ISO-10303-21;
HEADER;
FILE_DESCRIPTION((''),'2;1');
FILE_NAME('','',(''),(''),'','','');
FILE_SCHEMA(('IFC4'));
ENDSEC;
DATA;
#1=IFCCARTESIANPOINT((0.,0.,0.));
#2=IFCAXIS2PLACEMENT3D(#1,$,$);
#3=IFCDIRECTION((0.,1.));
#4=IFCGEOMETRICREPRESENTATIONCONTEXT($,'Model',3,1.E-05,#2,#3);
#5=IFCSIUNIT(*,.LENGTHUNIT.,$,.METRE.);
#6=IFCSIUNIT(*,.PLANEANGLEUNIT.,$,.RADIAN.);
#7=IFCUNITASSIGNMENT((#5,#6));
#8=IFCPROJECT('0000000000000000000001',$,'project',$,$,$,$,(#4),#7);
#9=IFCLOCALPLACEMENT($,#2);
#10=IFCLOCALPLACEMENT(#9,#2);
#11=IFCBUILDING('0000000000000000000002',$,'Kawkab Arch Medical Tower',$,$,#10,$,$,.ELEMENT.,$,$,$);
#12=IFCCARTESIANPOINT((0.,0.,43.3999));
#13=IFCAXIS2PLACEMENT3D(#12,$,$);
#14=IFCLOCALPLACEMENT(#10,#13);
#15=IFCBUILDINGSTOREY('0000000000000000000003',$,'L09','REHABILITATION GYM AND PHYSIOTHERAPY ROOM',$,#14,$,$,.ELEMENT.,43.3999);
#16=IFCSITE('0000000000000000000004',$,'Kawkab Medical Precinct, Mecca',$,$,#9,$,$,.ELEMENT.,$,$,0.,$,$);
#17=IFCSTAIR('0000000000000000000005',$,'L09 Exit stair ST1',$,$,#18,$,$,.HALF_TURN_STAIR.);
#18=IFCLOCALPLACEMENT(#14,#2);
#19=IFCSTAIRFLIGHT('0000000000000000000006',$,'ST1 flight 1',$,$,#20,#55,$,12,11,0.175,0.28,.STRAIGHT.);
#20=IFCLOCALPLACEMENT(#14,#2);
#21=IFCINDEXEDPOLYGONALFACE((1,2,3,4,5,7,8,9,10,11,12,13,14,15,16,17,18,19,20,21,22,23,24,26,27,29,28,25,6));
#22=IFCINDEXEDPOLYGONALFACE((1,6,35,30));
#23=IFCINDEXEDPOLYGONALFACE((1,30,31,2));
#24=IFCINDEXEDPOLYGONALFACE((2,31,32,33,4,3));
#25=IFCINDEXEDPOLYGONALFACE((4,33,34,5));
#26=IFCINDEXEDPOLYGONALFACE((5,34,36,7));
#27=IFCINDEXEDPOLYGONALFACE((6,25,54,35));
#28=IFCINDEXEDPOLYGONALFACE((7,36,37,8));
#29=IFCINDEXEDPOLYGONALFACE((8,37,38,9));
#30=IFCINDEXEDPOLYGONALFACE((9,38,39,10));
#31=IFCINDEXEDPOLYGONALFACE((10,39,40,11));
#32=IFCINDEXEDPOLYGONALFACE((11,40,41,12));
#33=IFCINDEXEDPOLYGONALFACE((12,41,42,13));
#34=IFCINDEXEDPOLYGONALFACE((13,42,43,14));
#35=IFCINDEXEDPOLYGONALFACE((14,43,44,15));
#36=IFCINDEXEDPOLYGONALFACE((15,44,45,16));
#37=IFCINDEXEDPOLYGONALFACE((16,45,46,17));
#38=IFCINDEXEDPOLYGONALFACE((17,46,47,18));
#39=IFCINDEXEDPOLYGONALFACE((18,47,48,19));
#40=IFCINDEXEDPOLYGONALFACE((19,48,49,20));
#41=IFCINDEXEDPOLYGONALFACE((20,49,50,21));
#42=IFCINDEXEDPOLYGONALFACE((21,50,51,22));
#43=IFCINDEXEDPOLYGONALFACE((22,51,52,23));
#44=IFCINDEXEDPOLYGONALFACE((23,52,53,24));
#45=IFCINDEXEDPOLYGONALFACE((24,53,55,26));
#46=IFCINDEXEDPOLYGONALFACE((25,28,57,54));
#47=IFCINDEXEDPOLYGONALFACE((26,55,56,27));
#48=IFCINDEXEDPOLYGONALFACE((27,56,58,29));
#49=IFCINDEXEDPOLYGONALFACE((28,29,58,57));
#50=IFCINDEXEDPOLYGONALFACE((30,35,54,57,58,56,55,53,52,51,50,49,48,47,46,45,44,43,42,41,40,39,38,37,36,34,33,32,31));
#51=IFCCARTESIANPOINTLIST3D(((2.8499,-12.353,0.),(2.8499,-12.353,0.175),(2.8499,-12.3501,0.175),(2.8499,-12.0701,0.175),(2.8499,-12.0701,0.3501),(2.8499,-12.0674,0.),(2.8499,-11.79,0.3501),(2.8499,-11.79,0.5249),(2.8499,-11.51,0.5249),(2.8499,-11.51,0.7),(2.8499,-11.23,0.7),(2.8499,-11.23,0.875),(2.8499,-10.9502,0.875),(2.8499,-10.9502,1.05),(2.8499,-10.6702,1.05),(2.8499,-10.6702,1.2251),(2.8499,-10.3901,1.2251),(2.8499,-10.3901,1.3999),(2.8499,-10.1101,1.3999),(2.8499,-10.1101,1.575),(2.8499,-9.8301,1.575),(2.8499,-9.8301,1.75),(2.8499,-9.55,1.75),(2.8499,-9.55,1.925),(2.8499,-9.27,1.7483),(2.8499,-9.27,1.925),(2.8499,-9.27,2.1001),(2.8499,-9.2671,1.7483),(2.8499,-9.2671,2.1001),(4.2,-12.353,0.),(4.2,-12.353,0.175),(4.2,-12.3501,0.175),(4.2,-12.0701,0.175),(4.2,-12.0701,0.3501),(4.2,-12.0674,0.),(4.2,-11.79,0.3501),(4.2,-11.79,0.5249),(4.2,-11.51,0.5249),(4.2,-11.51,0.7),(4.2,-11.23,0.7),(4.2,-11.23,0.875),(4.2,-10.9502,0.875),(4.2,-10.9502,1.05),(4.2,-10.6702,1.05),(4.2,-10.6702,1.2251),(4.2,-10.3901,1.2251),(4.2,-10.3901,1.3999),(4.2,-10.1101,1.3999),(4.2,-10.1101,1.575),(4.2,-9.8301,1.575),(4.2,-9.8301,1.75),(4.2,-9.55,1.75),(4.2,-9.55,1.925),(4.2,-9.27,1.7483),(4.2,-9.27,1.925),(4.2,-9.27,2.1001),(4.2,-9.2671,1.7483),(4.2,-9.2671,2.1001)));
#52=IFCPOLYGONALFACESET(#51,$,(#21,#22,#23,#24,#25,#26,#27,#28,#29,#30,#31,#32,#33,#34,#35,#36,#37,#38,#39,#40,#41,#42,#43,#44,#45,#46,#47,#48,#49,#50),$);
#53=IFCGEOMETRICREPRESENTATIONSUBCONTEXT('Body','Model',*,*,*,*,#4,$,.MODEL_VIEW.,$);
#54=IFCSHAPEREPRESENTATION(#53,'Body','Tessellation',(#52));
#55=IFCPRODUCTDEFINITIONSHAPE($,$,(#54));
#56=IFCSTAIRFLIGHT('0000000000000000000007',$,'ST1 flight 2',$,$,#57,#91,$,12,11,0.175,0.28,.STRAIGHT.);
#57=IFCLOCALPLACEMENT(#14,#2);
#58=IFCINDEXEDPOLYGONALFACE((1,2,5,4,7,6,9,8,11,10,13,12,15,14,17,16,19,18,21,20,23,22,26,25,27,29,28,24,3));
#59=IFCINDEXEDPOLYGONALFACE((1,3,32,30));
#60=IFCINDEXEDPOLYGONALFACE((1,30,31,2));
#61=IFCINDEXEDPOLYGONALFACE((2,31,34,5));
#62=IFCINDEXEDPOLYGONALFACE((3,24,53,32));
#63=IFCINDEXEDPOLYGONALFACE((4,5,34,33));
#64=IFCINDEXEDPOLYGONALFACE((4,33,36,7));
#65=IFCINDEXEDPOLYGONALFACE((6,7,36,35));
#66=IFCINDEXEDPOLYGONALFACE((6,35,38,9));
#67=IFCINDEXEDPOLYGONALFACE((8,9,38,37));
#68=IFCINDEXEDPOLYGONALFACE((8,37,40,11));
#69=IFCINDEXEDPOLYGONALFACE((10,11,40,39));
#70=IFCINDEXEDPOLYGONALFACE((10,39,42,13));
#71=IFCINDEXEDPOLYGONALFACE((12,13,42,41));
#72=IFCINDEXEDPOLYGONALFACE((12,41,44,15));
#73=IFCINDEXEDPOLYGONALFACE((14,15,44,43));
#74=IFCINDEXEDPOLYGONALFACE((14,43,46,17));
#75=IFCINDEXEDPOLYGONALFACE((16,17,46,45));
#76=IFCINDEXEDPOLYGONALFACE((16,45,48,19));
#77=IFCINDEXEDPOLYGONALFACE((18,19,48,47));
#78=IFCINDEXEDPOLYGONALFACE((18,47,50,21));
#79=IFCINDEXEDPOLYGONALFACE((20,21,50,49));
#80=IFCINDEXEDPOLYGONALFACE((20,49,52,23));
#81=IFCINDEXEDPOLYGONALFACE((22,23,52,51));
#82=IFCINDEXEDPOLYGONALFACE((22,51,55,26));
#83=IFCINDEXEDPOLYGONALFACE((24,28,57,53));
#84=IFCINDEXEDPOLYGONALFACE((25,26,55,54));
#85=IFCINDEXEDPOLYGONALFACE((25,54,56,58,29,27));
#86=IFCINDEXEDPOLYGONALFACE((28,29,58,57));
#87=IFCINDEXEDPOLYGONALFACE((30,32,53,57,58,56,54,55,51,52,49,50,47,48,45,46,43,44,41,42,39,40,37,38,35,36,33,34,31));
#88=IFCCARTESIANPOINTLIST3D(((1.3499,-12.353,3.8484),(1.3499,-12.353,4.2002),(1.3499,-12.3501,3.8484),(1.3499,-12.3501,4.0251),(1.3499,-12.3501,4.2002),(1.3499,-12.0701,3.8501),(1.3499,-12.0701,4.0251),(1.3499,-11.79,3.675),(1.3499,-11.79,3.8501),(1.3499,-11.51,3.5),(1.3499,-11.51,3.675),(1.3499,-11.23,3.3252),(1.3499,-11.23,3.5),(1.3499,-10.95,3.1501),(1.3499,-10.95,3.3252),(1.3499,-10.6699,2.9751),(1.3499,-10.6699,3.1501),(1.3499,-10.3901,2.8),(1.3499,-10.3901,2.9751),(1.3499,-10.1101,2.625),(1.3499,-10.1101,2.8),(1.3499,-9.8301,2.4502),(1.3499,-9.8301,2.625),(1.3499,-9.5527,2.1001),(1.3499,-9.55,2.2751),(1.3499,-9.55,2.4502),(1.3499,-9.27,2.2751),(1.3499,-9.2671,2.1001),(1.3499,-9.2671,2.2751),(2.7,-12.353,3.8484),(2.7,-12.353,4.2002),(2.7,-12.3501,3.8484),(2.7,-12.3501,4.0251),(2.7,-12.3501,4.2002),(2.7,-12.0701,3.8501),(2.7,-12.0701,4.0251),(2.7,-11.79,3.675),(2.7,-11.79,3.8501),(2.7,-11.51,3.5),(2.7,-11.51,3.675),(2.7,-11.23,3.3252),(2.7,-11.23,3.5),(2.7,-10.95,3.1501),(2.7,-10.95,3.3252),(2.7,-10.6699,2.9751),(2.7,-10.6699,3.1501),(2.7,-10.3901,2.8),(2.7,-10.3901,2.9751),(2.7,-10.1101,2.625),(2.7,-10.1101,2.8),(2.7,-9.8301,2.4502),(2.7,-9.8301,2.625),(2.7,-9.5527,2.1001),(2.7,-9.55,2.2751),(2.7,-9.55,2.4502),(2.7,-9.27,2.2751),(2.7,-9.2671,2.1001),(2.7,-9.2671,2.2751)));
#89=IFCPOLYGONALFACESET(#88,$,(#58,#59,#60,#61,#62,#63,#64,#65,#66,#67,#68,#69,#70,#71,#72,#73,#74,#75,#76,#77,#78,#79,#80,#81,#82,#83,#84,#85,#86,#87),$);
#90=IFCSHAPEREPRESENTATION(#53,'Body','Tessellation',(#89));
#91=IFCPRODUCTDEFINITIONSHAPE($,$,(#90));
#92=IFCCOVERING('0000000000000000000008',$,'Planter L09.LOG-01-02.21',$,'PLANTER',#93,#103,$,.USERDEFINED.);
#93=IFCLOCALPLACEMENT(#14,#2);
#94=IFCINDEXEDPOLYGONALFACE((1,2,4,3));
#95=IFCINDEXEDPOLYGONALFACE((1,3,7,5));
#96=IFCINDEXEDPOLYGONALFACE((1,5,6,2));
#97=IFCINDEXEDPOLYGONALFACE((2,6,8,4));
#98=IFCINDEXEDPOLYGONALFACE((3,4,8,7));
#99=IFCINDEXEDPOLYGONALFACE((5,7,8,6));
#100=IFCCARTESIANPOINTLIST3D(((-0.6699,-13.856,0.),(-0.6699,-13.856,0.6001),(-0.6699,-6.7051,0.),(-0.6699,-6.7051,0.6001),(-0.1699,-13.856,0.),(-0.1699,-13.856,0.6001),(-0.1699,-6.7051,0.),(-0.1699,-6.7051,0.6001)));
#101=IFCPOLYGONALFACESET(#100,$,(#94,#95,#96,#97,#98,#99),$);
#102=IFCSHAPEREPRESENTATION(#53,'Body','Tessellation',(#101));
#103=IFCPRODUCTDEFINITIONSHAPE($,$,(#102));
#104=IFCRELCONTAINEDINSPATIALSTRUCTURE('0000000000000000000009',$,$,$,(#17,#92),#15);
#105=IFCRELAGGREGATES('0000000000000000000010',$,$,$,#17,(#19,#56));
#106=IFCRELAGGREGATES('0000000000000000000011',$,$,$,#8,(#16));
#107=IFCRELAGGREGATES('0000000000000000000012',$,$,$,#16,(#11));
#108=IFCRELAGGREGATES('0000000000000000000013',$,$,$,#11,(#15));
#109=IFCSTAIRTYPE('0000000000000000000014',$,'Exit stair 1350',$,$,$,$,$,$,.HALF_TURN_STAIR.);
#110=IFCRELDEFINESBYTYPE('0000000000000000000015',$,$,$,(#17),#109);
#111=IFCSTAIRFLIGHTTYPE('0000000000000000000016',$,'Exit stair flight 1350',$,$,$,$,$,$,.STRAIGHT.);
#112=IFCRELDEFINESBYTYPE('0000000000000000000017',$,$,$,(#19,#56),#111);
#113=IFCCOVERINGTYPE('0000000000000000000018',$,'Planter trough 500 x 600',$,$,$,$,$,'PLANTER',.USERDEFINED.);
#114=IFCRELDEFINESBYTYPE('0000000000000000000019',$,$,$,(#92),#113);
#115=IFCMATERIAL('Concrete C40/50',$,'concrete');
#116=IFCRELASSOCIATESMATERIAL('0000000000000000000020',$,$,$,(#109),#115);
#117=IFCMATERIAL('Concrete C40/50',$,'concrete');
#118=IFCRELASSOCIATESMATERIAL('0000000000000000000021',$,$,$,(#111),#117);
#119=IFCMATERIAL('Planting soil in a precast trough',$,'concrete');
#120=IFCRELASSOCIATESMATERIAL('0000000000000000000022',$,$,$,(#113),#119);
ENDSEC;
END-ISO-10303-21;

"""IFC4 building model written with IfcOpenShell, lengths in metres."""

from ifc_helpers import new_model, si_unit, direction, frame, origin, origin_2d, place, context, subcontext, project, spatial, polyline, rectangle, outline, extrude, material, material_profile, profile_set, type_object, element, aggregate, save


model = new_model("IFC4")

# Units and contexts
model_context = context("Model", 3, precision=1e-05, world=origin(), true_north=direction((0.0, 1.0)))
body_context = subcontext(model_context, "Body", "Model", "MODEL_VIEW")
ifc_project = project(units=[si_unit("LENGTHUNIT", "METRE"), si_unit("PLANEANGLEUNIT", "RADIAN")], contexts=[model_context])

# Site, building, storey
site_placement = place(None, origin())
site = spatial("IfcSite", under=ifc_project, at=site_placement, Name="Kawkab Medical Precinct, Mecca", CompositionType="ELEMENT", RefElevation=0.0)
building_placement = place(site_placement, origin())
building = spatial("IfcBuilding", under=site, at=building_placement, Name="Kawkab Arch Medical Tower", CompositionType="ELEMENT")
storey_placement = place(building_placement, frame((0.0, 0.0, 43.3999)))
storey = spatial("IfcBuildingStorey", under=building, at=storey_placement, Name="L09", Description="REHABILITATION GYM AND PHYSIOTHERAPY ROOM", CompositionType="ELEMENT", Elevation=43.3999)

# Shared definitions
placement = place(storey_placement, origin())

# Stair, stair flights
ifc_material_1 = material(Name="Concrete C40/50", Category="concrete")
stair_type = type_object("IfcStairType", Name="Exit stair 1350", PredefinedType="HALF_TURN_STAIR", material=ifc_material_1)
stair = element("IfcStair", 1, at=placement, inside=storey, type_object=stair_type, Name="L09 Exit stair ST1", PredefinedType="HALF_TURN_STAIR")
ifc_material_2 = material(Name="Concrete C40/50", Category="concrete")
stair_flight_type = type_object("IfcStairFlightType", Name="Exit stair flight 1350", PredefinedType="STRAIGHT", material=ifc_material_2)
stair_flight_1_placement = place(storey_placement, frame((3.5249, -12.3501, 0.0), z_axis=(0.0, 0.0, 1.0), x_axis=(0.0, 1.0, 0.0)))
stair_flight_1 = element("IfcStairFlight", 2, at=stair_flight_1_placement, type_object=stair_flight_type, Name="ST1 flight 1", NumberOfRisers=12, NumberOfTreads=11, PredefinedType="STRAIGHT", RiserHeight=0.175, TreadLength=0.28, context=body_context, shape_type="SweptSolid", body=[
    extrude(outline(polyline([(-0.0029, 0.0), (-0.0029, 0.175), (0.0, 0.175), (0.28, 0.175), (0.28, 0.3501), (0.5601, 0.3501), (0.5601, 0.5249), (0.8401, 0.5249), (0.8401, 0.7), (1.1201, 0.7), (1.1201, 0.875), (1.3999, 0.875), (1.3999, 1.05), (1.6799, 1.05), (1.6799, 1.2251), (1.96, 1.2251), (1.96, 1.3999), (2.24, 1.3999), (2.24, 1.575), (2.52, 1.575), (2.52, 1.75), (2.8, 1.75), (2.8, 1.925), (3.0801, 1.925), (3.0801, 2.1001), (3.083, 2.1001), (3.083, 1.7483), (3.0801, 1.7483), (0.2827, 0.0), (-0.0029, 0.0)])), frame((0.0, 0.675, 0.0), z_axis=(0.0, -1.0, 0.0), x_axis=(1.0, 0.0, 0.0)), (0.0, 0.0, 1.0), 1.3501),
])
stair_flight_2_placement = place(storey_placement, frame((2.0249, -9.27, 2.1001), z_axis=(0.0, 0.0, 1.0), x_axis=(0.0, -1.0, 0.0)))
stair_flight_2 = element("IfcStairFlight", 3, at=stair_flight_2_placement, type_object=stair_flight_type, Name="ST1 flight 2", NumberOfRisers=12, NumberOfTreads=11, PredefinedType="STRAIGHT", RiserHeight=0.175, TreadLength=0.28, context=body_context, shape_type="SweptSolid", body=[
    extrude(outline(polyline([(-0.0029, 0.0), (-0.0029, 0.175), (0.0, 0.175), (0.28, 0.175), (0.28, 0.3501), (0.5601, 0.3501), (0.5601, 0.5249), (0.8401, 0.5249), (0.8401, 0.7), (1.1201, 0.7), (1.1201, 0.875), (1.3999, 0.875), (1.3999, 1.05), (1.6799, 1.05), (1.6799, 1.2251), (1.96, 1.2251), (1.96, 1.3999), (2.24, 1.3999), (2.24, 1.575), (2.52, 1.575), (2.52, 1.75), (2.8, 1.75), (2.8, 1.925), (3.0801, 1.925), (3.0801, 2.1001), (3.083, 2.1001), (3.083, 1.7483), (3.0801, 1.7483), (0.2827, 0.0), (-0.0029, 0.0)])), frame((0.0, 0.675, 0.0), z_axis=(0.0, -1.0, 0.0), x_axis=(1.0, 0.0, 0.0)), (0.0, 0.0, 1.0), 1.3501),
])
aggregate(stair, [stair_flight_1, stair_flight_2])

# Covering
ifc_material_3 = material(Name="Planting soil in a precast trough", Category="concrete")
ifc_material_profile_1 = material_profile(ifc_material_3, rectangle(XDim=0.5, YDim=0.6001, at=origin_2d()), Name="Trough 500x600")
ifc_profile_set_1 = profile_set([ifc_material_profile_1], Name="Planting soil in a precast trough")
covering_type = type_object("IfcCoveringType", Name="Planter trough 500 x 600", ElementType="PLANTER", PredefinedType="USERDEFINED", material=ifc_profile_set_1)
covering_placement = place(storey_placement, frame((-0.4199, -13.856, 0.3), z_axis=(0.0, 1.0, 0.0), x_axis=(-1.0, 0.0, 0.0)))
element("IfcCovering", 4, at=covering_placement, inside=storey, type_object=covering_type, Name="Planter L09.LOG-01-02.21", ObjectType="PLANTER", PredefinedType="USERDEFINED", context=body_context, shape_type="SweptSolid", body=[
    extrude(rectangle(XDim=0.5, YDim=0.6001, at=origin_2d()), origin(), (0.0, 0.0, 1.0), 7.1509),
])

save(model, "model.ifc")
